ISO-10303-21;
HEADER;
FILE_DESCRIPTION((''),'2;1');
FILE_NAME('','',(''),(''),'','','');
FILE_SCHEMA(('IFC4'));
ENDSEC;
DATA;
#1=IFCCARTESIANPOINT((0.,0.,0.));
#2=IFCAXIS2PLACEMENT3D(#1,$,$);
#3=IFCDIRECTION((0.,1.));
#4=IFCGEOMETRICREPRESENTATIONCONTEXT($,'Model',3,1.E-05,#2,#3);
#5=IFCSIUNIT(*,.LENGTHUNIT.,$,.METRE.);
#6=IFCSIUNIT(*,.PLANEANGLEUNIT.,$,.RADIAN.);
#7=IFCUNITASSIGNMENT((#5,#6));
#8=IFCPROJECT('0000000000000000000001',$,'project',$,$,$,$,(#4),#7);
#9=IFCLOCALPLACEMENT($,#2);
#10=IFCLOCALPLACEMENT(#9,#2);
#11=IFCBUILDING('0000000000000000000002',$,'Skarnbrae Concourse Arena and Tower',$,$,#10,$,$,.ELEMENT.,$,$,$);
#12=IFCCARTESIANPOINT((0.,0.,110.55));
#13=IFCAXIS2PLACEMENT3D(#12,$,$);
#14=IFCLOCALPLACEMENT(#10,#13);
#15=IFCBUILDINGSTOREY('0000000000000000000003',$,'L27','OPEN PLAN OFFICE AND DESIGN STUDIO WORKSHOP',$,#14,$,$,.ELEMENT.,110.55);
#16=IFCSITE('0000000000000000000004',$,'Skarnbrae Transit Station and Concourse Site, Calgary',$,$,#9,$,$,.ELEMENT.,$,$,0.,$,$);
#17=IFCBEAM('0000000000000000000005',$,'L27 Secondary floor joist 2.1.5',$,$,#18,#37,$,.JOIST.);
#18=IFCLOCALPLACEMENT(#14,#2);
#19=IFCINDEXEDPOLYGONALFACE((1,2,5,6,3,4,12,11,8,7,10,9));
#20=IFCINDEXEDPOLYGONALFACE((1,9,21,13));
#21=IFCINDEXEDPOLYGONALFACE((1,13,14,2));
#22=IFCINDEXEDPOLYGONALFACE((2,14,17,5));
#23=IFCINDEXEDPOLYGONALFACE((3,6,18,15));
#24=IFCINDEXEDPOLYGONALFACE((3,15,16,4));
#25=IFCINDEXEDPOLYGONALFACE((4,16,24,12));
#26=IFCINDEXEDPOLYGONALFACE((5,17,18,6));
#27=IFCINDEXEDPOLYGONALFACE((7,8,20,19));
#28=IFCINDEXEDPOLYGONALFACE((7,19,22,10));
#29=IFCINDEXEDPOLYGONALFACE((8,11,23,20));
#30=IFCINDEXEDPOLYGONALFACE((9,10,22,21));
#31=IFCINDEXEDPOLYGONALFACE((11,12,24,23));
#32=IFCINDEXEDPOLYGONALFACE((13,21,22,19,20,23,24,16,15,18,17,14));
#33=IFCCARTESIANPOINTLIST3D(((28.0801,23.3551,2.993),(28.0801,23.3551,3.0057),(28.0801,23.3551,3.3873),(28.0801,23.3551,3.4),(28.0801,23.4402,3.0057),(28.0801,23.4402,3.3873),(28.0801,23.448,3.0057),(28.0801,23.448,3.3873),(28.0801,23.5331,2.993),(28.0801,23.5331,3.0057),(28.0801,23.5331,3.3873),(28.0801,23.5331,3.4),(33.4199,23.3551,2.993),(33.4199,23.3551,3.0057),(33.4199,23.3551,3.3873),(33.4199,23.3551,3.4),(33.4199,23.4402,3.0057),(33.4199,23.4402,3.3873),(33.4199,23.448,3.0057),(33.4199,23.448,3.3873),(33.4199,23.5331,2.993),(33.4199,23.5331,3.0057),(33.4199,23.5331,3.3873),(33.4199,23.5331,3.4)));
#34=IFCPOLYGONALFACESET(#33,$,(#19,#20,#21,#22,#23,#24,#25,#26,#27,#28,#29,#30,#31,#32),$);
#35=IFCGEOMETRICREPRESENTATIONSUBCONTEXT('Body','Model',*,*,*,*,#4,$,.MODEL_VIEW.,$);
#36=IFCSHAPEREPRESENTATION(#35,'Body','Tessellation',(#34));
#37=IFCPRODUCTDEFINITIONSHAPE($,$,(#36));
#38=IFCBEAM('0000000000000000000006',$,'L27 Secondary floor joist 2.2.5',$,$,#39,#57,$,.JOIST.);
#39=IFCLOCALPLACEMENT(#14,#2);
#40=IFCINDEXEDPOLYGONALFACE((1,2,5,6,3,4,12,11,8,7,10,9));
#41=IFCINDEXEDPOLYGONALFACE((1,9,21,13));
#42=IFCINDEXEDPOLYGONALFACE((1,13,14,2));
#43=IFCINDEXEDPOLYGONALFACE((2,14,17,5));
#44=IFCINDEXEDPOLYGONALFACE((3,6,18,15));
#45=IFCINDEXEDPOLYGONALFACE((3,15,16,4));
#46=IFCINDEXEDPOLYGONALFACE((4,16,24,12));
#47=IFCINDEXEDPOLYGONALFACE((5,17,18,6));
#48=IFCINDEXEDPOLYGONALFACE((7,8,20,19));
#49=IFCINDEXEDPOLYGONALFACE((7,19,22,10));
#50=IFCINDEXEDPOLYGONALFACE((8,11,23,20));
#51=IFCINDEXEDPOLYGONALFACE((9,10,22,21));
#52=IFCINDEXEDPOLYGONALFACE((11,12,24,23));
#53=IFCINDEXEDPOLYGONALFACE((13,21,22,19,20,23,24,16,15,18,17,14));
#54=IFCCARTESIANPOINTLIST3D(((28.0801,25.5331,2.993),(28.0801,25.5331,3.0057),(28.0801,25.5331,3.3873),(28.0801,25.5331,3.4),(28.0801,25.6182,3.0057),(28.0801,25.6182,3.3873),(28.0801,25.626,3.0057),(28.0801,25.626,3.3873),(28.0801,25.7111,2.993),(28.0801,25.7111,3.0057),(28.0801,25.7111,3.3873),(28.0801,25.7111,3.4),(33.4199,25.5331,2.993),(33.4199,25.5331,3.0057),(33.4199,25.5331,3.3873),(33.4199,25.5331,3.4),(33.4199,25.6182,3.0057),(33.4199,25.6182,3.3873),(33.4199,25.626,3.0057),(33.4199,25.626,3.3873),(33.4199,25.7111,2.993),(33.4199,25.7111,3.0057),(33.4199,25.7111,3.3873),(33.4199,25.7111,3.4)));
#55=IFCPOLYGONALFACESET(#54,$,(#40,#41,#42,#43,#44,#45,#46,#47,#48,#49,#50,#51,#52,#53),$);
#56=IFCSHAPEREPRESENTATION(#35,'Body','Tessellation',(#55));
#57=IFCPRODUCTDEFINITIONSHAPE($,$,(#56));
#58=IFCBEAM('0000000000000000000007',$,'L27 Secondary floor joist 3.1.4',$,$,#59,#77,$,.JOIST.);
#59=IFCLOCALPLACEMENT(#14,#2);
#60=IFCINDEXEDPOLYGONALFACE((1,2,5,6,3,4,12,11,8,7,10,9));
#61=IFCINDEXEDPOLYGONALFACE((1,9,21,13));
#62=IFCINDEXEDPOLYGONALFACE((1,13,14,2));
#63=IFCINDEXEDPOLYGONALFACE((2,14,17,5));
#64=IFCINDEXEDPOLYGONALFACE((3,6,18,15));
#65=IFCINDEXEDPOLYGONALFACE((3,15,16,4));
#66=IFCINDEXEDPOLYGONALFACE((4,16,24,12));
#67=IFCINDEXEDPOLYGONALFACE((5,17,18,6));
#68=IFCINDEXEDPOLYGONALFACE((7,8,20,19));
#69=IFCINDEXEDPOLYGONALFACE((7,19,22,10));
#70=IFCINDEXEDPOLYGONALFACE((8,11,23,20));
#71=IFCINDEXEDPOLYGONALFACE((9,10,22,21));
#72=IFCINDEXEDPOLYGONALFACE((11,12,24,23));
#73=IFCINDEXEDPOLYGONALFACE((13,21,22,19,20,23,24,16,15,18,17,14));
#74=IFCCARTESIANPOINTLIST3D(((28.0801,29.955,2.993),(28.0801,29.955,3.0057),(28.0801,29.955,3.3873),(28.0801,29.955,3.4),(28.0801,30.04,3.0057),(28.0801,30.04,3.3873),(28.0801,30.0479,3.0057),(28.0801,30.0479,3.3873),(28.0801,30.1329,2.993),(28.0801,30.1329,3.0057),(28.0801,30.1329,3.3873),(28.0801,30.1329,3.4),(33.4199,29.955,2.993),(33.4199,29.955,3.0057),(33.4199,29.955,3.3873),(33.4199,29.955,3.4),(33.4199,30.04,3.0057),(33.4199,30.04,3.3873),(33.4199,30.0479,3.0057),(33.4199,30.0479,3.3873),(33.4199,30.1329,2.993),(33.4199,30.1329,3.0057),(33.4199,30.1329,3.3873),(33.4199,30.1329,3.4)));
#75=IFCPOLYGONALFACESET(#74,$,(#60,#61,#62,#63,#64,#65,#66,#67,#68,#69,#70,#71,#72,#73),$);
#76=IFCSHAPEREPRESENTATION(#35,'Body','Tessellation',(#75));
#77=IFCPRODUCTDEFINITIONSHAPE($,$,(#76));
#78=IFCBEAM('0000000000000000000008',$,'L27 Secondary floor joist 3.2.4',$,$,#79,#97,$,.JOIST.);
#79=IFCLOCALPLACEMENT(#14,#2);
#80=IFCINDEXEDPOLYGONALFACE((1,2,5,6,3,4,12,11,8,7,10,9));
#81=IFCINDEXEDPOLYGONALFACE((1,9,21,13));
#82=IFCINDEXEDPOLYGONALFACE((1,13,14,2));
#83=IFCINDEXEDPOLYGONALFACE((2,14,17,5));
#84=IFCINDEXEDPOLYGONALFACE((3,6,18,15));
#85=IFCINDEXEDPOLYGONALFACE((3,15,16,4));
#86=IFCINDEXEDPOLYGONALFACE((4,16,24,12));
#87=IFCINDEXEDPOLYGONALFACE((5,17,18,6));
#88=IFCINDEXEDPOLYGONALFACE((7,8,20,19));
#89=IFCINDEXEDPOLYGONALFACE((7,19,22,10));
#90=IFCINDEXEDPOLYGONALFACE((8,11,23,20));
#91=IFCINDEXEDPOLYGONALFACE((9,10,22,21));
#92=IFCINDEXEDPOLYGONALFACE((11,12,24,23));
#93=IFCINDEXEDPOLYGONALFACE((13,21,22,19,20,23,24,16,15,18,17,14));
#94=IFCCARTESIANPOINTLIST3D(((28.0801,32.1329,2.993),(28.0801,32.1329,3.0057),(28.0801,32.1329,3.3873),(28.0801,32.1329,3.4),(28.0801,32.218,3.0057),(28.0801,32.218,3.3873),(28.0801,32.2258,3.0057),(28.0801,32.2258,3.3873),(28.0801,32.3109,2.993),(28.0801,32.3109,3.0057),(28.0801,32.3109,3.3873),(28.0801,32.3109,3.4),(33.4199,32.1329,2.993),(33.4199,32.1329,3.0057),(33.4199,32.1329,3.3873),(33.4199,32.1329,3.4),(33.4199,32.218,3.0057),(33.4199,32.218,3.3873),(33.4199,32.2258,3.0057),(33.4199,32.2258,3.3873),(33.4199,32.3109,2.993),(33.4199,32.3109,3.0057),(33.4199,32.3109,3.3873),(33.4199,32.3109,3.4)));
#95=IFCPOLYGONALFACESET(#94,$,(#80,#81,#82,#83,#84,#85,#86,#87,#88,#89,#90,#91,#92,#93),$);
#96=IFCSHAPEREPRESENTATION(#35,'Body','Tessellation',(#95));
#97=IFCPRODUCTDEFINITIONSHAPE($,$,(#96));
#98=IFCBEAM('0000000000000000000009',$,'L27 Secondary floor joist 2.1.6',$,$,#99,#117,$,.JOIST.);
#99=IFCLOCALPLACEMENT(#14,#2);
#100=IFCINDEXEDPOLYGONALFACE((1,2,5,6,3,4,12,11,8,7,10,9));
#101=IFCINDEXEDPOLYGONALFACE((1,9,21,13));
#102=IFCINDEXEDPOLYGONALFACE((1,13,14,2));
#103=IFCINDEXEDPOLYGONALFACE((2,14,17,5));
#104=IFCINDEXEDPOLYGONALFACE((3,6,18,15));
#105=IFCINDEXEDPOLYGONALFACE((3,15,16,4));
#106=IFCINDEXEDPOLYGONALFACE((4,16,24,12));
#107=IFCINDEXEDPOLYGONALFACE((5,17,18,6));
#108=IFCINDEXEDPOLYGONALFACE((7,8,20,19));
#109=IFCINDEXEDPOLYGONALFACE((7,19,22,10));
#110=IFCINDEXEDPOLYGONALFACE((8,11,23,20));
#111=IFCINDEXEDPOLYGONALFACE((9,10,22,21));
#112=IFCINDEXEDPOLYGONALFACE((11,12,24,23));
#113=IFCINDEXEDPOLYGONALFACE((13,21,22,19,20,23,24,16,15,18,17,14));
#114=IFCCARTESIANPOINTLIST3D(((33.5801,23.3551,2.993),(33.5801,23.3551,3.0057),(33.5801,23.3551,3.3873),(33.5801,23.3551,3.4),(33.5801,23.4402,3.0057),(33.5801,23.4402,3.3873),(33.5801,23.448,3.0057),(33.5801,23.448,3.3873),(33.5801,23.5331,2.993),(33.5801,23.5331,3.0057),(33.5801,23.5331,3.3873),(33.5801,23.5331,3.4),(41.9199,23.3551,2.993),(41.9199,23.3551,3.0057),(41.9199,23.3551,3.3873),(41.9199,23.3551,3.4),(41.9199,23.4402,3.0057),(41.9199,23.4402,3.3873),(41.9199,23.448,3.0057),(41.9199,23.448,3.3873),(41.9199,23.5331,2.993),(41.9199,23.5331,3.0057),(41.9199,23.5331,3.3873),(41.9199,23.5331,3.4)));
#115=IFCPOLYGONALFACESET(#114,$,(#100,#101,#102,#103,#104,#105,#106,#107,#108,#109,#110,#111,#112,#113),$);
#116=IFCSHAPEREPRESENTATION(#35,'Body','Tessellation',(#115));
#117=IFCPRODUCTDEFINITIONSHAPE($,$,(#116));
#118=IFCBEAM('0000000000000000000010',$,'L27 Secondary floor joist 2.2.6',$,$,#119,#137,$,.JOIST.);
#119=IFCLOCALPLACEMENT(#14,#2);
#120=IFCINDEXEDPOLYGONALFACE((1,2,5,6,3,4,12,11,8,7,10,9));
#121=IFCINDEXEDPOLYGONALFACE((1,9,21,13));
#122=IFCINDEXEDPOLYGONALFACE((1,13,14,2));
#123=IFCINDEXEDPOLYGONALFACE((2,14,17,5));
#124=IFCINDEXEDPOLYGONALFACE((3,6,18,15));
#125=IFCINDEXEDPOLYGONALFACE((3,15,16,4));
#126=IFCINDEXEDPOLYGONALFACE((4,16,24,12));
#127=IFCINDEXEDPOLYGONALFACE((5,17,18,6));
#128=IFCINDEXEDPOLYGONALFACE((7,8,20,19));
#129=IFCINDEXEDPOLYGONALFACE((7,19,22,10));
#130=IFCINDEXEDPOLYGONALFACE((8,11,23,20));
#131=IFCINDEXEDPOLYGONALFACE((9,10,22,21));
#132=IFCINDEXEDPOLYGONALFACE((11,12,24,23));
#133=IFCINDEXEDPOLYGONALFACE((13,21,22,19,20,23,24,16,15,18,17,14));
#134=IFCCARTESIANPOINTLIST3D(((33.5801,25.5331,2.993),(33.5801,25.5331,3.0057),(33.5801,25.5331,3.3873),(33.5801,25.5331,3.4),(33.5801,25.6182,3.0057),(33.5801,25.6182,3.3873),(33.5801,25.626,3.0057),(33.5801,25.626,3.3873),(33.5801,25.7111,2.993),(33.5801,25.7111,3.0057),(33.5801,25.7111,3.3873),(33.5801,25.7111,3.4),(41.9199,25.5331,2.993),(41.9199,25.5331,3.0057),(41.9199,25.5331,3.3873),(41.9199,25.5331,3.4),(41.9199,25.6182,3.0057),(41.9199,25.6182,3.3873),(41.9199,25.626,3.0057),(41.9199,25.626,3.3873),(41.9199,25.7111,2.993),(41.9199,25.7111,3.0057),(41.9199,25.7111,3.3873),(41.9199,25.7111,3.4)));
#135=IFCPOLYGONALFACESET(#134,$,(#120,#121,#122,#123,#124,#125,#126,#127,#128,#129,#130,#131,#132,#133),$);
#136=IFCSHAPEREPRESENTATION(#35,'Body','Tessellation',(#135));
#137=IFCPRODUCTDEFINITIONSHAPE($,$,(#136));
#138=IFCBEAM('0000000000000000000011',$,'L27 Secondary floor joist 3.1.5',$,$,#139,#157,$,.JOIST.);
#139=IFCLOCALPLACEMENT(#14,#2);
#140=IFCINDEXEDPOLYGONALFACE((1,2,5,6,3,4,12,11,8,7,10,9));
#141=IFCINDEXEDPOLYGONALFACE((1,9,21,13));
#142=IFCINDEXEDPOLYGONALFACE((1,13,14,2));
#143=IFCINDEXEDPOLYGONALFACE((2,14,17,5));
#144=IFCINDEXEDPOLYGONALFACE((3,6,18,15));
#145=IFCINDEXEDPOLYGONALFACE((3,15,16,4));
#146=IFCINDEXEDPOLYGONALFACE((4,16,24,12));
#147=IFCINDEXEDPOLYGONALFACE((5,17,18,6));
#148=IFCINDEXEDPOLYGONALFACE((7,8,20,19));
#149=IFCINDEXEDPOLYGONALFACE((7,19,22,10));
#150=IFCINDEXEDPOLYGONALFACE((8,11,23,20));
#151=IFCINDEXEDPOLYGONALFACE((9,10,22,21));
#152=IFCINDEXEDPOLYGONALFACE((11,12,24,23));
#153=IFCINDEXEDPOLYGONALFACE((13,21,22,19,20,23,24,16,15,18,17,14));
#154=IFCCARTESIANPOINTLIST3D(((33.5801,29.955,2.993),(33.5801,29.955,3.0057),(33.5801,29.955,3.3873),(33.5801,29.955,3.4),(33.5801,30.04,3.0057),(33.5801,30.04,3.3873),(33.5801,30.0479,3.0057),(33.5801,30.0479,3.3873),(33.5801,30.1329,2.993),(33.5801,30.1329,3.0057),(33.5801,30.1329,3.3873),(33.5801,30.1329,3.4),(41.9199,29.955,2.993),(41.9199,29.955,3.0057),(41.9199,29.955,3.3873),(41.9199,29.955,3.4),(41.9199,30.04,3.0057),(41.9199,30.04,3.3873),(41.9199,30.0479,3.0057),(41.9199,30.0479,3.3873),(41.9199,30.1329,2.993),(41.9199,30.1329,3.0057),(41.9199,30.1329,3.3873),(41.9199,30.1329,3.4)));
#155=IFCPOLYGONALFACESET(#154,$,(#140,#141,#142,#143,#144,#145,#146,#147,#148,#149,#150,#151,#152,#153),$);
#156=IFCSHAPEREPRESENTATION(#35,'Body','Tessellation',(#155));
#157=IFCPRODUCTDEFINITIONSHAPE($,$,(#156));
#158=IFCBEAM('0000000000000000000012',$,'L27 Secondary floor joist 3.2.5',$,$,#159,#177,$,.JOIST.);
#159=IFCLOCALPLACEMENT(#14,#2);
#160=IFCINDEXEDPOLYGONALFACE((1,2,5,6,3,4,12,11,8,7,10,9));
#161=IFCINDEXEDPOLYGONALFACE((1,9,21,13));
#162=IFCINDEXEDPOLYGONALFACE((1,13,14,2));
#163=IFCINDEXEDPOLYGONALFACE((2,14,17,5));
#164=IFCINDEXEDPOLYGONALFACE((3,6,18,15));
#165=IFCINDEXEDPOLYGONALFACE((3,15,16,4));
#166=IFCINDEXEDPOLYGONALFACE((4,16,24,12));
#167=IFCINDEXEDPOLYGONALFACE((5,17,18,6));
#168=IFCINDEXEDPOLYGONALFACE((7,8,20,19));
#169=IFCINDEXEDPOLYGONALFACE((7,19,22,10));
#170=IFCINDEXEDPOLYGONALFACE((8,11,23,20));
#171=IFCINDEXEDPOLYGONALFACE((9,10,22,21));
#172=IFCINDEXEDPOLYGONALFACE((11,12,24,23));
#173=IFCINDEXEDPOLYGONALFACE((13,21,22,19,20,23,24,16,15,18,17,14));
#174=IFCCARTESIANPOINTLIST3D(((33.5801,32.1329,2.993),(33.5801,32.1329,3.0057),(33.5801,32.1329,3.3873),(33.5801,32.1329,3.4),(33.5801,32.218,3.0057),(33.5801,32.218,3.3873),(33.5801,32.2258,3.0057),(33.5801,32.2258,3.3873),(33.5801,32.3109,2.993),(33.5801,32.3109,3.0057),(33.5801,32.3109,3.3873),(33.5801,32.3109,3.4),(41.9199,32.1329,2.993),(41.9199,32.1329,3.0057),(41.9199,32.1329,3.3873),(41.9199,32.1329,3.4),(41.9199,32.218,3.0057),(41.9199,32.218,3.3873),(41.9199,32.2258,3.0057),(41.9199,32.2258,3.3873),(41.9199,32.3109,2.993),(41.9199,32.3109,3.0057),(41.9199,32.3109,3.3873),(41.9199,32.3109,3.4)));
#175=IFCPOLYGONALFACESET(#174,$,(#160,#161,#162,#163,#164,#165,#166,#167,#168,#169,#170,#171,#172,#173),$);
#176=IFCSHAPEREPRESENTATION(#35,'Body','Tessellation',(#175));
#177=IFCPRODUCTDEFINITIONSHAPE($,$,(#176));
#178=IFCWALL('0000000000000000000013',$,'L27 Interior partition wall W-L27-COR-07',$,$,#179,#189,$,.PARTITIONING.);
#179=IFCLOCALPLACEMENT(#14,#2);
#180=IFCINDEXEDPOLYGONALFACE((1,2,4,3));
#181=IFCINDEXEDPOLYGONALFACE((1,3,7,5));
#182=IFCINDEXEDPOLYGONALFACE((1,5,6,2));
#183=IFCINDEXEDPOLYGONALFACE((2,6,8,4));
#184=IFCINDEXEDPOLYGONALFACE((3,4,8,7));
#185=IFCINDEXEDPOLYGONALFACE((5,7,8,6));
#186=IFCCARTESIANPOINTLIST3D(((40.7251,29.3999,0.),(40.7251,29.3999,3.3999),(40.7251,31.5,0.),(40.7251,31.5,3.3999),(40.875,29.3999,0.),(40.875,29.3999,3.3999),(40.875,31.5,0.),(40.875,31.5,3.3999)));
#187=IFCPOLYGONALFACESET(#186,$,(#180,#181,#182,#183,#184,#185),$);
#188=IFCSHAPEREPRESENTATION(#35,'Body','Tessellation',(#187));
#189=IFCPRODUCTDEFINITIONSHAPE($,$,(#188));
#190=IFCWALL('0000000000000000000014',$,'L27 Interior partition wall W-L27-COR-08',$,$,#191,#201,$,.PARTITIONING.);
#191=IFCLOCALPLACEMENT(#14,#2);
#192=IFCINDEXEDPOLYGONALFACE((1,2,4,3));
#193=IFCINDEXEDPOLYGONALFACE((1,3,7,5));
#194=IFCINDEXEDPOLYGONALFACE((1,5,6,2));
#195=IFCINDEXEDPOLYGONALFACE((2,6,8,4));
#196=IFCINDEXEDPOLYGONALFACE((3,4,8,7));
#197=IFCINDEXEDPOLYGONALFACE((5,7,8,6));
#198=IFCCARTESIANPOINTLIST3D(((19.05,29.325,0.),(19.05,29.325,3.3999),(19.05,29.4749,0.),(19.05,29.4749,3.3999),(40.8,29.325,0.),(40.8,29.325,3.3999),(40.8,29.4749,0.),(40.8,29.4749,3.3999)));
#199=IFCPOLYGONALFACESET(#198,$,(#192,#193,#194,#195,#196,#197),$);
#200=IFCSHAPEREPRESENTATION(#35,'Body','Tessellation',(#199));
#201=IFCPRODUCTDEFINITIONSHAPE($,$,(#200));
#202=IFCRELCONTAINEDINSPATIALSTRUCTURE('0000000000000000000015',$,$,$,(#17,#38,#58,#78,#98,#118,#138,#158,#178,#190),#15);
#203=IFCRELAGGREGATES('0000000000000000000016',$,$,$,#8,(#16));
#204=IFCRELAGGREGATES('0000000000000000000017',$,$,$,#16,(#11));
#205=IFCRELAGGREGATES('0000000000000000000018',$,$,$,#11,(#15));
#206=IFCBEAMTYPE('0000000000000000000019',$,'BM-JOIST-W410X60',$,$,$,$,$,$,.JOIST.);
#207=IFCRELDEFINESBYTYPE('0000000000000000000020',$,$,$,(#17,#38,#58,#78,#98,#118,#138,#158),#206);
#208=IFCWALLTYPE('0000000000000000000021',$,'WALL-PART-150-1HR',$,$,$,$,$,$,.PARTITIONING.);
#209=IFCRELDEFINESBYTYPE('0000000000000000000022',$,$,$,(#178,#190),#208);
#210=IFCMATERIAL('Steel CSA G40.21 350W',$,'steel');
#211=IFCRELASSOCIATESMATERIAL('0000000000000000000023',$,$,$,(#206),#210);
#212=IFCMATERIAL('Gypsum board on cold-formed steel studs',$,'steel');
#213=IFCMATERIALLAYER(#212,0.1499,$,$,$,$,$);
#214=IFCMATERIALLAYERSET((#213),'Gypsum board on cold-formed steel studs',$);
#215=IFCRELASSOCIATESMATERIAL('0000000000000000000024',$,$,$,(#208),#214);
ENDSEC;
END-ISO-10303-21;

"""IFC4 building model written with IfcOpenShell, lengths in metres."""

from ifc_helpers import new_model, si_unit, direction, frame, frame_2d, origin, origin_2d, place, context, subcontext, project, spatial, rectangle, i_section, extrude, source, transform, mapped, material, layer, layer_set, material_profile, profile_set, type_object, element, save


model = new_model("IFC4")

# Units and contexts
model_context = context("Model", 3, precision=1e-05, world=origin(), true_north=direction((0.0, 1.0)))
body_context = subcontext(model_context, "Body", "Model", "MODEL_VIEW")
ifc_project = project(units=[si_unit("LENGTHUNIT", "METRE"), si_unit("PLANEANGLEUNIT", "RADIAN")], contexts=[model_context])

# Site, building, storey
site_placement = place(None, origin())
site = spatial("IfcSite", under=ifc_project, at=site_placement, Name="Skarnbrae Transit Station and Concourse Site, Calgary", CompositionType="ELEMENT", RefElevation=0.0)
building_placement = place(site_placement, origin())
building = spatial("IfcBuilding", under=site, at=building_placement, Name="Skarnbrae Concourse Arena and Tower", CompositionType="ELEMENT")
storey_placement = place(building_placement, frame((0.0, 0.0, 110.55)))
storey = spatial("IfcBuildingStorey", under=building, at=storey_placement, Name="L27", Description="OPEN PLAN OFFICE AND DESIGN STUDIO WORKSHOP", CompositionType="ELEMENT", Elevation=110.55)

# Shared definitions
ifc_material_1 = material(Name="Steel CSA G40.21 350W", Category="steel")

# Beams
ifc_material_profile_1 = material_profile(ifc_material_1, i_section(OverallWidth=0.178, OverallDepth=0.407, WebThickness=0.0078, FlangeThickness=0.0127, at=origin_2d()), Name="W410X60")
ifc_profile_set_1 = profile_set([ifc_material_profile_1], Name="Steel CSA G40.21 350W")
beam_type_1 = type_object("IfcBeamType", Name="BM-JOIST-W410X60", PredefinedType="JOIST", material=ifc_profile_set_1)
shared_shape_1 = source(origin(), body_context, "Body", "SweptSolid", [
    extrude(i_section(OverallWidth=0.178, OverallDepth=0.407, WebThickness=0.0078, FlangeThickness=0.0127, at=origin_2d()), origin(), (0.0, 0.0, 1.0), 5.3398),
])
for number, where, z_axis, x_axis, name in (
    (1, (28.0801, 23.4441, 3.1965), (1.0, 0.0, 0.0), (0.0, 1.0, 0.0), "L27 Secondary floor joist 2.1.5"),
    (2, (28.0801, 25.6221, 3.1965), (1.0, 0.0, 0.0), (0.0, 1.0, 0.0), "L27 Secondary floor joist 2.2.5"),
    (3, (28.0801, 30.0439, 3.1965), (1.0, 0.0, 0.0), (0.0, 1.0, 0.0), "L27 Secondary floor joist 3.1.4"),
    (4, (28.0801, 32.2219, 3.1965), (1.0, 0.0, 0.0), (0.0, 1.0, 0.0), "L27 Secondary floor joist 3.2.4"),
):
    element("IfcBeam", number, at=place(storey_placement, frame(where, z_axis=z_axis, x_axis=x_axis)), inside=storey, type_object=beam_type_1, Name=name, PredefinedType="JOIST", context=body_context, shape_type="MappedRepresentation", body=[
        mapped(shared_shape_1, transform((0.0, 0.0, 0.0))),
    ])
shared_shape_2 = source(origin(), body_context, "Body", "SweptSolid", [
    extrude(i_section(OverallWidth=0.178, OverallDepth=0.407, WebThickness=0.0078, FlangeThickness=0.0127, at=origin_2d()), origin(), (0.0, 0.0, 1.0), 8.3398),
])
for number, where, z_axis, x_axis, name in (
    (5, (33.5801, 23.4441, 3.1965), (1.0, 0.0, 0.0), (0.0, 1.0, 0.0), "L27 Secondary floor joist 2.1.6"),
    (6, (33.5801, 25.6221, 3.1965), (1.0, 0.0, 0.0), (0.0, 1.0, 0.0), "L27 Secondary floor joist 2.2.6"),
    (7, (33.5801, 30.0439, 3.1965), (1.0, 0.0, 0.0), (0.0, 1.0, 0.0), "L27 Secondary floor joist 3.1.5"),
    (8, (33.5801, 32.2219, 3.1965), (1.0, 0.0, 0.0), (0.0, 1.0, 0.0), "L27 Secondary floor joist 3.2.5"),
):
    element("IfcBeam", number, at=place(storey_placement, frame(where, z_axis=z_axis, x_axis=x_axis)), inside=storey, type_object=beam_type_1, Name=name, PredefinedType="JOIST", context=body_context, shape_type="MappedRepresentation", body=[
        mapped(shared_shape_2, transform((0.0, 0.0, 0.0))),
    ])

# Walls
ifc_material_2 = material(Name="Gypsum board on cold-formed steel studs", Category="steel")
ifc_layer_1 = layer(ifc_material_2, 0.1499)
ifc_layer_set_1 = layer_set([ifc_layer_1], Name="Gypsum board on cold-formed steel studs")
wall_type_1 = type_object("IfcWallType", Name="WALL-PART-150-1HR", PredefinedType="PARTITIONING", material=ifc_layer_set_1)
shared_shape_3 = source(origin(), body_context, "Body", "SweptSolid", [
    extrude(rectangle(XDim=2.1001, YDim=0.1499, at=frame_2d((1.05, 0.0))), origin(), (0.0, 0.0, 1.0), 3.3999),
])
wall_1_placement = place(storey_placement, frame((40.8, 31.5, 0.0), z_axis=(0.0, 0.0, 1.0), x_axis=(0.0, -1.0, 0.0)))
element("IfcWall", 9, at=wall_1_placement, inside=storey, type_object=wall_type_1, Name="L27 Interior partition wall W-L27-COR-07", PredefinedType="PARTITIONING", context=body_context, shape_type="MappedRepresentation", body=[
    mapped(shared_shape_3, transform((0.0, 0.0, 0.0))),
])
shared_shape_4 = source(origin(), body_context, "Body", "SweptSolid", [
    extrude(rectangle(XDim=21.75, YDim=0.1499, at=frame_2d((10.875, 0.0))), origin(), (0.0, 0.0, 1.0), 3.3999),
])
wall_2_placement = place(storey_placement, frame((40.8, 29.3999, 0.0), z_axis=(0.0, 0.0, 1.0), x_axis=(-1.0, 0.0, 0.0)))
element("IfcWall", 10, at=wall_2_placement, inside=storey, type_object=wall_type_1, Name="L27 Interior partition wall W-L27-COR-08", PredefinedType="PARTITIONING", context=body_context, shape_type="MappedRepresentation", body=[
    mapped(shared_shape_4, transform((0.0, 0.0, 0.0))),
])

save(model, "model.ifc")
